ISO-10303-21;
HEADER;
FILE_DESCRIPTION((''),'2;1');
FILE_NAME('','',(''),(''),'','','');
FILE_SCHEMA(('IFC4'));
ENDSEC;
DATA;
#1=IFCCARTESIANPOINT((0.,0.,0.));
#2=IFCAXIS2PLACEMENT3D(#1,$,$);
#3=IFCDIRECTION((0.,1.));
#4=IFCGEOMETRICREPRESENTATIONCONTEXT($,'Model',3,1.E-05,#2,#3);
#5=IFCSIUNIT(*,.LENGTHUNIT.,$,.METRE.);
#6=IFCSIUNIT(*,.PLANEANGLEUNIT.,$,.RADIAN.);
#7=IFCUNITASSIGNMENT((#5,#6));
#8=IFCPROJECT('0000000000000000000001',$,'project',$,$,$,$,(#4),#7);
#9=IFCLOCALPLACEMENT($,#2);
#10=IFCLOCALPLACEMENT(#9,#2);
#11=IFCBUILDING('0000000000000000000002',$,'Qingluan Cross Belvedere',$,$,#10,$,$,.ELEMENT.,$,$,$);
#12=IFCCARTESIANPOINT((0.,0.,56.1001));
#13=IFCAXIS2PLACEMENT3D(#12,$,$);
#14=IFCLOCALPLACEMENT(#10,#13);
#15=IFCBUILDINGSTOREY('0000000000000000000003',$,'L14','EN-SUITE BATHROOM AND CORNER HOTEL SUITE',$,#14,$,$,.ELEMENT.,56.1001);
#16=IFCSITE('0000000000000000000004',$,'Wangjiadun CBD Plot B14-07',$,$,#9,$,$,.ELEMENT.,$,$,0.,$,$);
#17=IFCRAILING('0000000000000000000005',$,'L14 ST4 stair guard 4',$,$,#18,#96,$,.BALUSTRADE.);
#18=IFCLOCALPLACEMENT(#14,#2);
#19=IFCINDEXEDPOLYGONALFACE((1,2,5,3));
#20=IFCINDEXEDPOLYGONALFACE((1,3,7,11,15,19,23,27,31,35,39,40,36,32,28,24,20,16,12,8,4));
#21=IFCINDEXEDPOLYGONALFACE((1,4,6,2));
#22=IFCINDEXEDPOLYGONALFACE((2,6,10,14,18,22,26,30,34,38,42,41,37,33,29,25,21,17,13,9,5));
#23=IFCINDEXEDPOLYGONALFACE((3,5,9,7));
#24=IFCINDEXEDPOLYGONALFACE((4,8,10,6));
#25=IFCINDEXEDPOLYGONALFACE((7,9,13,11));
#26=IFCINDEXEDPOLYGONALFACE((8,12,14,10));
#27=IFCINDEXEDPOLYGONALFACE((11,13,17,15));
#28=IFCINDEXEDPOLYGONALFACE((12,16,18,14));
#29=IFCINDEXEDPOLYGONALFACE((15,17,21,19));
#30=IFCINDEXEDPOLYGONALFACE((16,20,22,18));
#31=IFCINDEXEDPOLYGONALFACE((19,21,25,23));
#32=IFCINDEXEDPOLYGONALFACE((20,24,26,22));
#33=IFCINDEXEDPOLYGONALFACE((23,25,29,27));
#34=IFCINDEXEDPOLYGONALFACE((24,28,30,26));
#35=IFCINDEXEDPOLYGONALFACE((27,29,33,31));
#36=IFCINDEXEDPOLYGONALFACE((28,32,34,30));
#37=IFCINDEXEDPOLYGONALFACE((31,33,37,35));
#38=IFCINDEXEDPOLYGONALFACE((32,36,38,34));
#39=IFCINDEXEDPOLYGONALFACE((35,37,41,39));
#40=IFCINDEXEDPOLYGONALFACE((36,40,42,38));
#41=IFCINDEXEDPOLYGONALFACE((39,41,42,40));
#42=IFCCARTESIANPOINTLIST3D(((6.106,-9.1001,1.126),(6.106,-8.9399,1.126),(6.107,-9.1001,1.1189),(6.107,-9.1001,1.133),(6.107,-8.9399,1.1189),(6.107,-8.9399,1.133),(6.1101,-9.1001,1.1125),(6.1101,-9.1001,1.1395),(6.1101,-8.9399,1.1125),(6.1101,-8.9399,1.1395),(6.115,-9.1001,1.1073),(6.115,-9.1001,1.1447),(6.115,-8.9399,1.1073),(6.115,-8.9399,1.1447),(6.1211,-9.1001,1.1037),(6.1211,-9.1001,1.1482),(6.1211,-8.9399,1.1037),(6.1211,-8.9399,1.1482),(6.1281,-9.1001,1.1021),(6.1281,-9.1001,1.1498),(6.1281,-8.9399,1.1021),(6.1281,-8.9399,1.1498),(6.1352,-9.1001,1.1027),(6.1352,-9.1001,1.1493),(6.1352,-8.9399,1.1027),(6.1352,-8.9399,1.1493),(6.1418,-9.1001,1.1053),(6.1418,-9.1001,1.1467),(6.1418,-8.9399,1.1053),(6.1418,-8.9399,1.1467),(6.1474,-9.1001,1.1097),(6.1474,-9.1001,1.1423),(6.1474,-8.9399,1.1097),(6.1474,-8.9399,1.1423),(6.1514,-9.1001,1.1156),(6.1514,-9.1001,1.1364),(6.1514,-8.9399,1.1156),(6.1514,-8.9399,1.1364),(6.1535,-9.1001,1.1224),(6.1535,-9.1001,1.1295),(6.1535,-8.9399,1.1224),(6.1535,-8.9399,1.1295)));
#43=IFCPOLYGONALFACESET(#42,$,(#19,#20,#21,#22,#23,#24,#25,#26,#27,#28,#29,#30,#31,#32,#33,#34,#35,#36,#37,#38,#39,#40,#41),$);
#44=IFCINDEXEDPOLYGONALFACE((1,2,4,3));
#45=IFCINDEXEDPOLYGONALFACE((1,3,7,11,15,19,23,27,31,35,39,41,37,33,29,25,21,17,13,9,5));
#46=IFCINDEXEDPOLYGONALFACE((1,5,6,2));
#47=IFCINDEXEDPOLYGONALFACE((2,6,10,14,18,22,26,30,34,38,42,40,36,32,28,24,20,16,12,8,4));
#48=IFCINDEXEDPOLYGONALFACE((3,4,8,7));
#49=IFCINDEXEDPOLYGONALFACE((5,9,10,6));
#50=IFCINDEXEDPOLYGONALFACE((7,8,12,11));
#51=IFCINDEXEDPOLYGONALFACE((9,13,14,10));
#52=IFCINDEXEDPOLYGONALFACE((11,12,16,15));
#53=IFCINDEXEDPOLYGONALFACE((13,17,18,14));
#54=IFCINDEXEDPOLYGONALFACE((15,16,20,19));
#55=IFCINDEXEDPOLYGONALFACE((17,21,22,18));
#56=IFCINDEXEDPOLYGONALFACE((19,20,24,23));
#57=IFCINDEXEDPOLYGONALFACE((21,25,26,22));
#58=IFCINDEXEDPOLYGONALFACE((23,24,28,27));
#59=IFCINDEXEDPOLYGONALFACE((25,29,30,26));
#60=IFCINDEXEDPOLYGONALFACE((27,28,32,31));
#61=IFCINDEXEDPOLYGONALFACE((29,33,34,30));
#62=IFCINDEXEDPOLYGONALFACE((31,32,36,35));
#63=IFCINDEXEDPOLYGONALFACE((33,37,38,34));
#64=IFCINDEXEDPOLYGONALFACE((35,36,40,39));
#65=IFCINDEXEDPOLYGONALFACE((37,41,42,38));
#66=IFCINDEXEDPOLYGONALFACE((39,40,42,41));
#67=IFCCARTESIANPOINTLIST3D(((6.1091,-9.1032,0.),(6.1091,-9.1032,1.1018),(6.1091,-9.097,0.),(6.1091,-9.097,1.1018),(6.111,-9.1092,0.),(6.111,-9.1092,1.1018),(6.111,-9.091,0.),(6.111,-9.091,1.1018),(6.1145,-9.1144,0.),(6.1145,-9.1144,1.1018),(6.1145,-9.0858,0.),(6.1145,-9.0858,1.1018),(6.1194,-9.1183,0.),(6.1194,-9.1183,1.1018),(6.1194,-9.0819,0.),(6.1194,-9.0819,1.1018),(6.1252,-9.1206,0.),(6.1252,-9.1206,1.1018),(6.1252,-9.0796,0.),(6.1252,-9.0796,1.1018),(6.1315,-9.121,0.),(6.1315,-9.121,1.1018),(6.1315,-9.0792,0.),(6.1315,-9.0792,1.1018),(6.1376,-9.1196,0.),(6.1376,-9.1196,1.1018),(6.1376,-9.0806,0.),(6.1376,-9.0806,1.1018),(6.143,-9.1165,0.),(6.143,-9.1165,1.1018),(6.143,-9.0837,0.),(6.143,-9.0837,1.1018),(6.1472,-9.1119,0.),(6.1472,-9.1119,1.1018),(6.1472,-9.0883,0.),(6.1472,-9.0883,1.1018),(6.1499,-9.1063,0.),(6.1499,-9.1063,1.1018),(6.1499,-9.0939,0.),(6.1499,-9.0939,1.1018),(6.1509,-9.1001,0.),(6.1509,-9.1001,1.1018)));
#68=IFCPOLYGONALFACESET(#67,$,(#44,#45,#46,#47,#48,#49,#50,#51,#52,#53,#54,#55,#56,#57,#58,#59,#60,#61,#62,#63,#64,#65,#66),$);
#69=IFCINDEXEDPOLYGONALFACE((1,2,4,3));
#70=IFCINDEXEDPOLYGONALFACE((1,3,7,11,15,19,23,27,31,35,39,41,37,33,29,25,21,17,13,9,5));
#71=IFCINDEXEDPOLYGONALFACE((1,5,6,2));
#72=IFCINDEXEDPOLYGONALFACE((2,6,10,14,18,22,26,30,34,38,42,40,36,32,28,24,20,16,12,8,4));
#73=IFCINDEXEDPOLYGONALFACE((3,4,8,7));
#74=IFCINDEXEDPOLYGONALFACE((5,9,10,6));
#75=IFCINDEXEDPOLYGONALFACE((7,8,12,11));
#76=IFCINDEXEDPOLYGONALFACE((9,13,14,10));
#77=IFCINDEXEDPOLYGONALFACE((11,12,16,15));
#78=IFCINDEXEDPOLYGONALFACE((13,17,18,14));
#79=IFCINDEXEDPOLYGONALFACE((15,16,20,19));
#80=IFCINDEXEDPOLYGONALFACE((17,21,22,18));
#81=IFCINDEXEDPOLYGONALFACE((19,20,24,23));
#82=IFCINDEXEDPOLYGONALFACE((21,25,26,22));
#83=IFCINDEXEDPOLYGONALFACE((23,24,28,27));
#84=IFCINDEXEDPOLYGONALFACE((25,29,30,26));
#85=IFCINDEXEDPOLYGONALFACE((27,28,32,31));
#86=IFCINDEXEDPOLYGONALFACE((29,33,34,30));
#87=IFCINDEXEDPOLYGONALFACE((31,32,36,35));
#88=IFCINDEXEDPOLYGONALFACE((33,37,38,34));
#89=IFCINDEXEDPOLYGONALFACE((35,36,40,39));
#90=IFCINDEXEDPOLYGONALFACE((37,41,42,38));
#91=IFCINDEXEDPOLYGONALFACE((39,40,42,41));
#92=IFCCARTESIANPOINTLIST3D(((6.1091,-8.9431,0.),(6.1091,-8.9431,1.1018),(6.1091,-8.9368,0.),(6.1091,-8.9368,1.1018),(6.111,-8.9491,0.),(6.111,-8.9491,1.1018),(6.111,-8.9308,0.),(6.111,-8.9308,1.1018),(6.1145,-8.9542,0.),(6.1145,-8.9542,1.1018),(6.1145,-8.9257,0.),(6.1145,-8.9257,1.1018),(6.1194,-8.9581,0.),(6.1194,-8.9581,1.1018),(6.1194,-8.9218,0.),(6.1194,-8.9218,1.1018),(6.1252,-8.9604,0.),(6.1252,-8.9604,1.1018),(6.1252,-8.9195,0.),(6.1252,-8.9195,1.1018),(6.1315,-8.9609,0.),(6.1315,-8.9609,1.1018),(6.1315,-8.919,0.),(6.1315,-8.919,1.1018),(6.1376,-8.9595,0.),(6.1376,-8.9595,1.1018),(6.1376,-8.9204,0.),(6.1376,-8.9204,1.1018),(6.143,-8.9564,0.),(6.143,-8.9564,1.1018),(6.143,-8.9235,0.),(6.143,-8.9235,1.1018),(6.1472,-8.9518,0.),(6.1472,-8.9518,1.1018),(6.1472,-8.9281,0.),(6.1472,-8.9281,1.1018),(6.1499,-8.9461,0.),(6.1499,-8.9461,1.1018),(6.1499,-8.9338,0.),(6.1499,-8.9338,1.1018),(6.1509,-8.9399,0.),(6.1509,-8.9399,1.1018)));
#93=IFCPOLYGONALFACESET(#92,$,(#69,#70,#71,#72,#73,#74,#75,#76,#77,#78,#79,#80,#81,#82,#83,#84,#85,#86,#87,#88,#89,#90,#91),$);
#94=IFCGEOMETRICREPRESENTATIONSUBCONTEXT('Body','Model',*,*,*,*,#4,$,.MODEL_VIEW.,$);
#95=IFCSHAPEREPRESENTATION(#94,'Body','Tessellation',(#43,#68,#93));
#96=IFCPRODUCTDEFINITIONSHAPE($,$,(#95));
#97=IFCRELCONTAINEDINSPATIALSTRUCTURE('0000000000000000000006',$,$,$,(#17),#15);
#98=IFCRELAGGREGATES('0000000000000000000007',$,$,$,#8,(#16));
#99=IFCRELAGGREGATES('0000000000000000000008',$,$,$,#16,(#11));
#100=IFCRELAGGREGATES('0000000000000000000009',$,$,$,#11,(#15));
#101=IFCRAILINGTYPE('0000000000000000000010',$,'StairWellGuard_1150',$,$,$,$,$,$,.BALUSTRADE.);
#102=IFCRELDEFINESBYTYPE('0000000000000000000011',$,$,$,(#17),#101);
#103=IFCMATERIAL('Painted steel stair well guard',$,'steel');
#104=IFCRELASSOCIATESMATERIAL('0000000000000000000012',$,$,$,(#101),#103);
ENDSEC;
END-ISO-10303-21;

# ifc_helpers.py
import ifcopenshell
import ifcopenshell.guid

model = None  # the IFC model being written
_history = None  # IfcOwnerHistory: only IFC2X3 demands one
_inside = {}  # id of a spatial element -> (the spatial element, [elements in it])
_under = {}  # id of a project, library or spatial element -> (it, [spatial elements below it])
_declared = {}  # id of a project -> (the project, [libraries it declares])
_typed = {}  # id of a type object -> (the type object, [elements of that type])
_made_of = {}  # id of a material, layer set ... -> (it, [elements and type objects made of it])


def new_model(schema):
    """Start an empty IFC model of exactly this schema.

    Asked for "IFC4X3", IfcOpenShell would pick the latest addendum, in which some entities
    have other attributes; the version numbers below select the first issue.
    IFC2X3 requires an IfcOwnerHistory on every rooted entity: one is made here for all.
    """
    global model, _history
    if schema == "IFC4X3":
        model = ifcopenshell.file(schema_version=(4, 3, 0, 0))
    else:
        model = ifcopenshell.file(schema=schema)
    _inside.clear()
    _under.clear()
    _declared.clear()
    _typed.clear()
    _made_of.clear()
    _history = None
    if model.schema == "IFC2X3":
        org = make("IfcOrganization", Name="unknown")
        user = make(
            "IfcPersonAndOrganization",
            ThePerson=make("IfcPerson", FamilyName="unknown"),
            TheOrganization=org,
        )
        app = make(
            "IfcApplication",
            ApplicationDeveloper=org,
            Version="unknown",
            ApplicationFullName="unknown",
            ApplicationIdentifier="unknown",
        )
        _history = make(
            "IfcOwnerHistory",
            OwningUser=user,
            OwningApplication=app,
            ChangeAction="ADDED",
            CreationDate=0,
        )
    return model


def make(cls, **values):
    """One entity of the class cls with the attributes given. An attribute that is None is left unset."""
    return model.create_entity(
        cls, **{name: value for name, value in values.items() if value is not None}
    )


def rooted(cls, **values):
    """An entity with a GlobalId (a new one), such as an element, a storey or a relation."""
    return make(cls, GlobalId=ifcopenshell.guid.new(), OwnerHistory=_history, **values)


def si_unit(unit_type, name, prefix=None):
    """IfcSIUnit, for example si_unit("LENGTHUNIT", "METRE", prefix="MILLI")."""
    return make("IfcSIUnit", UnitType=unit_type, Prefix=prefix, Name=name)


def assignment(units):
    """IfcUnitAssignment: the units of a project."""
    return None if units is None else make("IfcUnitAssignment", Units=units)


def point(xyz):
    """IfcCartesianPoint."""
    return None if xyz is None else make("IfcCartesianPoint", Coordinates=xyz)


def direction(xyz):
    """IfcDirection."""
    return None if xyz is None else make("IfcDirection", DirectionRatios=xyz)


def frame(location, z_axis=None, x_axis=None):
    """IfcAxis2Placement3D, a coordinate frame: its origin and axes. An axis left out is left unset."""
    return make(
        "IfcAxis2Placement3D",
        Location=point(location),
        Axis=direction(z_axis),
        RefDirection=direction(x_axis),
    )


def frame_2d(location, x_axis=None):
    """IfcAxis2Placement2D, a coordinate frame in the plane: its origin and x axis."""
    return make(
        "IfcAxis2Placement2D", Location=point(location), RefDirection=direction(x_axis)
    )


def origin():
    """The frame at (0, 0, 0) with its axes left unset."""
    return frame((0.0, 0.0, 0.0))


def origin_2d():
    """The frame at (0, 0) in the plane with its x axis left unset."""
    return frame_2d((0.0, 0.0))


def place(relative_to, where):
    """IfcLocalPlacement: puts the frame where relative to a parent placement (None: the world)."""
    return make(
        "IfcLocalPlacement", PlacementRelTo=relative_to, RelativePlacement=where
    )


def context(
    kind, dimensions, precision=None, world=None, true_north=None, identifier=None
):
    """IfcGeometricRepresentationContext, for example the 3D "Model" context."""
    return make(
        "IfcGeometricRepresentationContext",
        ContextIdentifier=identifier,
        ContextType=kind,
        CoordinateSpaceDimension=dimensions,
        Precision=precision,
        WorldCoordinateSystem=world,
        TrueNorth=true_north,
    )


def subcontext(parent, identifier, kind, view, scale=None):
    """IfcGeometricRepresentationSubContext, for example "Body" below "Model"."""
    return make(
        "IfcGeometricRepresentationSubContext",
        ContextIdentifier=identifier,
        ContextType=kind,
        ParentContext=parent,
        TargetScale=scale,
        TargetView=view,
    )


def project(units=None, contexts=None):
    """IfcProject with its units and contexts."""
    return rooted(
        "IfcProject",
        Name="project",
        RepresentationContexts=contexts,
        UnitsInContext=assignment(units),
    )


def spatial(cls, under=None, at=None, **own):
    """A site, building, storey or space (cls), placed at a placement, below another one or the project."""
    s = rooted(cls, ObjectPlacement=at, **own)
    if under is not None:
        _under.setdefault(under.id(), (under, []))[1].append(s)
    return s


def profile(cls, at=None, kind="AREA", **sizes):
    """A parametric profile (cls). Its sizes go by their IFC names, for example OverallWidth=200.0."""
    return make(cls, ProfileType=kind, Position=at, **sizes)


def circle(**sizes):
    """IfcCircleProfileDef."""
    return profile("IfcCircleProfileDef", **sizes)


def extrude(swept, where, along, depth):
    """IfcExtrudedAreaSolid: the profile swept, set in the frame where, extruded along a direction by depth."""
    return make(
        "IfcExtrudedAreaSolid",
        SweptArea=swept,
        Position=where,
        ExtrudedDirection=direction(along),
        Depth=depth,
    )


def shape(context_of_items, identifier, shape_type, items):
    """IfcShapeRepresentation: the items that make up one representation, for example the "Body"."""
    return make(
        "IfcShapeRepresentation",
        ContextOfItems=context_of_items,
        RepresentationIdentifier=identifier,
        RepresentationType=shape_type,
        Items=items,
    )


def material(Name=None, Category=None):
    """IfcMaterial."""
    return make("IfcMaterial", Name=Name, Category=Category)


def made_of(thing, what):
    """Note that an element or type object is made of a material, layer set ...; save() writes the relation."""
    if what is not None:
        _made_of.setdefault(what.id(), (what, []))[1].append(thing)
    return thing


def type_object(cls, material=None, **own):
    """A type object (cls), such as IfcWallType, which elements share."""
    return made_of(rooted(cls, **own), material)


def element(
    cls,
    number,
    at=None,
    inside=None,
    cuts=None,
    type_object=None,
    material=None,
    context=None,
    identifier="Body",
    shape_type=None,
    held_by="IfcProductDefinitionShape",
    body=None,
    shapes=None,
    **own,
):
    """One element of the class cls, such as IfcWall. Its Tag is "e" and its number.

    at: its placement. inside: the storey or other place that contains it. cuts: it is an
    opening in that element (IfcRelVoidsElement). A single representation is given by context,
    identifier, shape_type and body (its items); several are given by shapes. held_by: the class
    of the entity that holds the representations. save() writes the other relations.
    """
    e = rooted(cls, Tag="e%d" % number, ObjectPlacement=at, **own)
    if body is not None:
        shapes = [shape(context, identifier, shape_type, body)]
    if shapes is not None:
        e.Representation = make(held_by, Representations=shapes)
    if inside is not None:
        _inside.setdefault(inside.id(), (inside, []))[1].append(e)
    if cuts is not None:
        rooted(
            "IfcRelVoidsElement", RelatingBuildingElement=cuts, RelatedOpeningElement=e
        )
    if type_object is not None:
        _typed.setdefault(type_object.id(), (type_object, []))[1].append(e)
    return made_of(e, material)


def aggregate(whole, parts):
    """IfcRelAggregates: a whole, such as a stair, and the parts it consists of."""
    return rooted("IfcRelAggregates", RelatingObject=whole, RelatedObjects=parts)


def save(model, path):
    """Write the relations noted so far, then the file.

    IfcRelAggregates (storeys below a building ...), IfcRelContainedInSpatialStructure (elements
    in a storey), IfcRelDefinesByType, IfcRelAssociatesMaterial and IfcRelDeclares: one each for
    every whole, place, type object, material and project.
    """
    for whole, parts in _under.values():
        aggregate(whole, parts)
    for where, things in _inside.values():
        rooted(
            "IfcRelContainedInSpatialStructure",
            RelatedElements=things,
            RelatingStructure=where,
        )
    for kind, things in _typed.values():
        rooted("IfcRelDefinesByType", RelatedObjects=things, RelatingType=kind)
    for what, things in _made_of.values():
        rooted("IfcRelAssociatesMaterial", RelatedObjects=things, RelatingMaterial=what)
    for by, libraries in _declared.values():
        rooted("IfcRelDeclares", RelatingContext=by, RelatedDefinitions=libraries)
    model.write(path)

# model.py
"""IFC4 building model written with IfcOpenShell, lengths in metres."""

from ifc_helpers import new_model, si_unit, direction, frame, origin, origin_2d, place, context, subcontext, project, spatial, circle, extrude, material, type_object, element, save


model = new_model("IFC4")

# Units and contexts
model_context = context("Model", 3, precision=1e-05, world=origin(), true_north=direction((0.0, 1.0)))
body_context = subcontext(model_context, "Body", "Model", "MODEL_VIEW")
ifc_project = project(units=[si_unit("LENGTHUNIT", "METRE"), si_unit("PLANEANGLEUNIT", "RADIAN")], contexts=[model_context])

# Site, building, storey
site_placement = place(None, origin())
site = spatial("IfcSite", under=ifc_project, at=site_placement, Name="Wangjiadun CBD Plot B14-07", CompositionType="ELEMENT", RefElevation=0.0)
building_placement = place(site_placement, origin())
building = spatial("IfcBuilding", under=site, at=building_placement, Name="Qingluan Cross Belvedere", CompositionType="ELEMENT")
storey_placement = place(building_placement, frame((0.0, 0.0, 56.1001)))
storey = spatial("IfcBuildingStorey", under=building, at=storey_placement, Name="L14", Description="EN-SUITE BATHROOM AND CORNER HOTEL SUITE", CompositionType="ELEMENT", Elevation=56.1001)

# Railing
ifc_material_1 = material(Name="Painted steel stair well guard", Category="steel")
railing_type_1 = type_object("IfcRailingType", Name="StairWellGuard_1150", PredefinedType="BALUSTRADE", material=ifc_material_1)
railing_1_placement = place(storey_placement, frame((6.1299, -9.1001, 0.0)))
element("IfcRailing", 1, at=railing_1_placement, inside=storey, type_object=railing_type_1, Name="L14 ST4 stair guard 4", PredefinedType="BALUSTRADE", context=body_context, shape_type="SweptSolid", body=[
    extrude(circle(Radius=0.0239, at=origin_2d()), frame((0.0, 0.0, 1.126), z_axis=(0.0, 1.0, 0.0), x_axis=(-1.0, 0.0, 0.0)), (0.0, 0.0, 1.0), 0.1602),
    extrude(circle(Radius=0.021, at=origin_2d()), origin(), (0.0, 0.0, 1.0), 1.1018),
    extrude(circle(Radius=0.021, at=origin_2d()), frame((0.0, 0.1602, 0.0)), (0.0, 0.0, 1.0), 1.1018),
])

save(model, "model.ifc")
